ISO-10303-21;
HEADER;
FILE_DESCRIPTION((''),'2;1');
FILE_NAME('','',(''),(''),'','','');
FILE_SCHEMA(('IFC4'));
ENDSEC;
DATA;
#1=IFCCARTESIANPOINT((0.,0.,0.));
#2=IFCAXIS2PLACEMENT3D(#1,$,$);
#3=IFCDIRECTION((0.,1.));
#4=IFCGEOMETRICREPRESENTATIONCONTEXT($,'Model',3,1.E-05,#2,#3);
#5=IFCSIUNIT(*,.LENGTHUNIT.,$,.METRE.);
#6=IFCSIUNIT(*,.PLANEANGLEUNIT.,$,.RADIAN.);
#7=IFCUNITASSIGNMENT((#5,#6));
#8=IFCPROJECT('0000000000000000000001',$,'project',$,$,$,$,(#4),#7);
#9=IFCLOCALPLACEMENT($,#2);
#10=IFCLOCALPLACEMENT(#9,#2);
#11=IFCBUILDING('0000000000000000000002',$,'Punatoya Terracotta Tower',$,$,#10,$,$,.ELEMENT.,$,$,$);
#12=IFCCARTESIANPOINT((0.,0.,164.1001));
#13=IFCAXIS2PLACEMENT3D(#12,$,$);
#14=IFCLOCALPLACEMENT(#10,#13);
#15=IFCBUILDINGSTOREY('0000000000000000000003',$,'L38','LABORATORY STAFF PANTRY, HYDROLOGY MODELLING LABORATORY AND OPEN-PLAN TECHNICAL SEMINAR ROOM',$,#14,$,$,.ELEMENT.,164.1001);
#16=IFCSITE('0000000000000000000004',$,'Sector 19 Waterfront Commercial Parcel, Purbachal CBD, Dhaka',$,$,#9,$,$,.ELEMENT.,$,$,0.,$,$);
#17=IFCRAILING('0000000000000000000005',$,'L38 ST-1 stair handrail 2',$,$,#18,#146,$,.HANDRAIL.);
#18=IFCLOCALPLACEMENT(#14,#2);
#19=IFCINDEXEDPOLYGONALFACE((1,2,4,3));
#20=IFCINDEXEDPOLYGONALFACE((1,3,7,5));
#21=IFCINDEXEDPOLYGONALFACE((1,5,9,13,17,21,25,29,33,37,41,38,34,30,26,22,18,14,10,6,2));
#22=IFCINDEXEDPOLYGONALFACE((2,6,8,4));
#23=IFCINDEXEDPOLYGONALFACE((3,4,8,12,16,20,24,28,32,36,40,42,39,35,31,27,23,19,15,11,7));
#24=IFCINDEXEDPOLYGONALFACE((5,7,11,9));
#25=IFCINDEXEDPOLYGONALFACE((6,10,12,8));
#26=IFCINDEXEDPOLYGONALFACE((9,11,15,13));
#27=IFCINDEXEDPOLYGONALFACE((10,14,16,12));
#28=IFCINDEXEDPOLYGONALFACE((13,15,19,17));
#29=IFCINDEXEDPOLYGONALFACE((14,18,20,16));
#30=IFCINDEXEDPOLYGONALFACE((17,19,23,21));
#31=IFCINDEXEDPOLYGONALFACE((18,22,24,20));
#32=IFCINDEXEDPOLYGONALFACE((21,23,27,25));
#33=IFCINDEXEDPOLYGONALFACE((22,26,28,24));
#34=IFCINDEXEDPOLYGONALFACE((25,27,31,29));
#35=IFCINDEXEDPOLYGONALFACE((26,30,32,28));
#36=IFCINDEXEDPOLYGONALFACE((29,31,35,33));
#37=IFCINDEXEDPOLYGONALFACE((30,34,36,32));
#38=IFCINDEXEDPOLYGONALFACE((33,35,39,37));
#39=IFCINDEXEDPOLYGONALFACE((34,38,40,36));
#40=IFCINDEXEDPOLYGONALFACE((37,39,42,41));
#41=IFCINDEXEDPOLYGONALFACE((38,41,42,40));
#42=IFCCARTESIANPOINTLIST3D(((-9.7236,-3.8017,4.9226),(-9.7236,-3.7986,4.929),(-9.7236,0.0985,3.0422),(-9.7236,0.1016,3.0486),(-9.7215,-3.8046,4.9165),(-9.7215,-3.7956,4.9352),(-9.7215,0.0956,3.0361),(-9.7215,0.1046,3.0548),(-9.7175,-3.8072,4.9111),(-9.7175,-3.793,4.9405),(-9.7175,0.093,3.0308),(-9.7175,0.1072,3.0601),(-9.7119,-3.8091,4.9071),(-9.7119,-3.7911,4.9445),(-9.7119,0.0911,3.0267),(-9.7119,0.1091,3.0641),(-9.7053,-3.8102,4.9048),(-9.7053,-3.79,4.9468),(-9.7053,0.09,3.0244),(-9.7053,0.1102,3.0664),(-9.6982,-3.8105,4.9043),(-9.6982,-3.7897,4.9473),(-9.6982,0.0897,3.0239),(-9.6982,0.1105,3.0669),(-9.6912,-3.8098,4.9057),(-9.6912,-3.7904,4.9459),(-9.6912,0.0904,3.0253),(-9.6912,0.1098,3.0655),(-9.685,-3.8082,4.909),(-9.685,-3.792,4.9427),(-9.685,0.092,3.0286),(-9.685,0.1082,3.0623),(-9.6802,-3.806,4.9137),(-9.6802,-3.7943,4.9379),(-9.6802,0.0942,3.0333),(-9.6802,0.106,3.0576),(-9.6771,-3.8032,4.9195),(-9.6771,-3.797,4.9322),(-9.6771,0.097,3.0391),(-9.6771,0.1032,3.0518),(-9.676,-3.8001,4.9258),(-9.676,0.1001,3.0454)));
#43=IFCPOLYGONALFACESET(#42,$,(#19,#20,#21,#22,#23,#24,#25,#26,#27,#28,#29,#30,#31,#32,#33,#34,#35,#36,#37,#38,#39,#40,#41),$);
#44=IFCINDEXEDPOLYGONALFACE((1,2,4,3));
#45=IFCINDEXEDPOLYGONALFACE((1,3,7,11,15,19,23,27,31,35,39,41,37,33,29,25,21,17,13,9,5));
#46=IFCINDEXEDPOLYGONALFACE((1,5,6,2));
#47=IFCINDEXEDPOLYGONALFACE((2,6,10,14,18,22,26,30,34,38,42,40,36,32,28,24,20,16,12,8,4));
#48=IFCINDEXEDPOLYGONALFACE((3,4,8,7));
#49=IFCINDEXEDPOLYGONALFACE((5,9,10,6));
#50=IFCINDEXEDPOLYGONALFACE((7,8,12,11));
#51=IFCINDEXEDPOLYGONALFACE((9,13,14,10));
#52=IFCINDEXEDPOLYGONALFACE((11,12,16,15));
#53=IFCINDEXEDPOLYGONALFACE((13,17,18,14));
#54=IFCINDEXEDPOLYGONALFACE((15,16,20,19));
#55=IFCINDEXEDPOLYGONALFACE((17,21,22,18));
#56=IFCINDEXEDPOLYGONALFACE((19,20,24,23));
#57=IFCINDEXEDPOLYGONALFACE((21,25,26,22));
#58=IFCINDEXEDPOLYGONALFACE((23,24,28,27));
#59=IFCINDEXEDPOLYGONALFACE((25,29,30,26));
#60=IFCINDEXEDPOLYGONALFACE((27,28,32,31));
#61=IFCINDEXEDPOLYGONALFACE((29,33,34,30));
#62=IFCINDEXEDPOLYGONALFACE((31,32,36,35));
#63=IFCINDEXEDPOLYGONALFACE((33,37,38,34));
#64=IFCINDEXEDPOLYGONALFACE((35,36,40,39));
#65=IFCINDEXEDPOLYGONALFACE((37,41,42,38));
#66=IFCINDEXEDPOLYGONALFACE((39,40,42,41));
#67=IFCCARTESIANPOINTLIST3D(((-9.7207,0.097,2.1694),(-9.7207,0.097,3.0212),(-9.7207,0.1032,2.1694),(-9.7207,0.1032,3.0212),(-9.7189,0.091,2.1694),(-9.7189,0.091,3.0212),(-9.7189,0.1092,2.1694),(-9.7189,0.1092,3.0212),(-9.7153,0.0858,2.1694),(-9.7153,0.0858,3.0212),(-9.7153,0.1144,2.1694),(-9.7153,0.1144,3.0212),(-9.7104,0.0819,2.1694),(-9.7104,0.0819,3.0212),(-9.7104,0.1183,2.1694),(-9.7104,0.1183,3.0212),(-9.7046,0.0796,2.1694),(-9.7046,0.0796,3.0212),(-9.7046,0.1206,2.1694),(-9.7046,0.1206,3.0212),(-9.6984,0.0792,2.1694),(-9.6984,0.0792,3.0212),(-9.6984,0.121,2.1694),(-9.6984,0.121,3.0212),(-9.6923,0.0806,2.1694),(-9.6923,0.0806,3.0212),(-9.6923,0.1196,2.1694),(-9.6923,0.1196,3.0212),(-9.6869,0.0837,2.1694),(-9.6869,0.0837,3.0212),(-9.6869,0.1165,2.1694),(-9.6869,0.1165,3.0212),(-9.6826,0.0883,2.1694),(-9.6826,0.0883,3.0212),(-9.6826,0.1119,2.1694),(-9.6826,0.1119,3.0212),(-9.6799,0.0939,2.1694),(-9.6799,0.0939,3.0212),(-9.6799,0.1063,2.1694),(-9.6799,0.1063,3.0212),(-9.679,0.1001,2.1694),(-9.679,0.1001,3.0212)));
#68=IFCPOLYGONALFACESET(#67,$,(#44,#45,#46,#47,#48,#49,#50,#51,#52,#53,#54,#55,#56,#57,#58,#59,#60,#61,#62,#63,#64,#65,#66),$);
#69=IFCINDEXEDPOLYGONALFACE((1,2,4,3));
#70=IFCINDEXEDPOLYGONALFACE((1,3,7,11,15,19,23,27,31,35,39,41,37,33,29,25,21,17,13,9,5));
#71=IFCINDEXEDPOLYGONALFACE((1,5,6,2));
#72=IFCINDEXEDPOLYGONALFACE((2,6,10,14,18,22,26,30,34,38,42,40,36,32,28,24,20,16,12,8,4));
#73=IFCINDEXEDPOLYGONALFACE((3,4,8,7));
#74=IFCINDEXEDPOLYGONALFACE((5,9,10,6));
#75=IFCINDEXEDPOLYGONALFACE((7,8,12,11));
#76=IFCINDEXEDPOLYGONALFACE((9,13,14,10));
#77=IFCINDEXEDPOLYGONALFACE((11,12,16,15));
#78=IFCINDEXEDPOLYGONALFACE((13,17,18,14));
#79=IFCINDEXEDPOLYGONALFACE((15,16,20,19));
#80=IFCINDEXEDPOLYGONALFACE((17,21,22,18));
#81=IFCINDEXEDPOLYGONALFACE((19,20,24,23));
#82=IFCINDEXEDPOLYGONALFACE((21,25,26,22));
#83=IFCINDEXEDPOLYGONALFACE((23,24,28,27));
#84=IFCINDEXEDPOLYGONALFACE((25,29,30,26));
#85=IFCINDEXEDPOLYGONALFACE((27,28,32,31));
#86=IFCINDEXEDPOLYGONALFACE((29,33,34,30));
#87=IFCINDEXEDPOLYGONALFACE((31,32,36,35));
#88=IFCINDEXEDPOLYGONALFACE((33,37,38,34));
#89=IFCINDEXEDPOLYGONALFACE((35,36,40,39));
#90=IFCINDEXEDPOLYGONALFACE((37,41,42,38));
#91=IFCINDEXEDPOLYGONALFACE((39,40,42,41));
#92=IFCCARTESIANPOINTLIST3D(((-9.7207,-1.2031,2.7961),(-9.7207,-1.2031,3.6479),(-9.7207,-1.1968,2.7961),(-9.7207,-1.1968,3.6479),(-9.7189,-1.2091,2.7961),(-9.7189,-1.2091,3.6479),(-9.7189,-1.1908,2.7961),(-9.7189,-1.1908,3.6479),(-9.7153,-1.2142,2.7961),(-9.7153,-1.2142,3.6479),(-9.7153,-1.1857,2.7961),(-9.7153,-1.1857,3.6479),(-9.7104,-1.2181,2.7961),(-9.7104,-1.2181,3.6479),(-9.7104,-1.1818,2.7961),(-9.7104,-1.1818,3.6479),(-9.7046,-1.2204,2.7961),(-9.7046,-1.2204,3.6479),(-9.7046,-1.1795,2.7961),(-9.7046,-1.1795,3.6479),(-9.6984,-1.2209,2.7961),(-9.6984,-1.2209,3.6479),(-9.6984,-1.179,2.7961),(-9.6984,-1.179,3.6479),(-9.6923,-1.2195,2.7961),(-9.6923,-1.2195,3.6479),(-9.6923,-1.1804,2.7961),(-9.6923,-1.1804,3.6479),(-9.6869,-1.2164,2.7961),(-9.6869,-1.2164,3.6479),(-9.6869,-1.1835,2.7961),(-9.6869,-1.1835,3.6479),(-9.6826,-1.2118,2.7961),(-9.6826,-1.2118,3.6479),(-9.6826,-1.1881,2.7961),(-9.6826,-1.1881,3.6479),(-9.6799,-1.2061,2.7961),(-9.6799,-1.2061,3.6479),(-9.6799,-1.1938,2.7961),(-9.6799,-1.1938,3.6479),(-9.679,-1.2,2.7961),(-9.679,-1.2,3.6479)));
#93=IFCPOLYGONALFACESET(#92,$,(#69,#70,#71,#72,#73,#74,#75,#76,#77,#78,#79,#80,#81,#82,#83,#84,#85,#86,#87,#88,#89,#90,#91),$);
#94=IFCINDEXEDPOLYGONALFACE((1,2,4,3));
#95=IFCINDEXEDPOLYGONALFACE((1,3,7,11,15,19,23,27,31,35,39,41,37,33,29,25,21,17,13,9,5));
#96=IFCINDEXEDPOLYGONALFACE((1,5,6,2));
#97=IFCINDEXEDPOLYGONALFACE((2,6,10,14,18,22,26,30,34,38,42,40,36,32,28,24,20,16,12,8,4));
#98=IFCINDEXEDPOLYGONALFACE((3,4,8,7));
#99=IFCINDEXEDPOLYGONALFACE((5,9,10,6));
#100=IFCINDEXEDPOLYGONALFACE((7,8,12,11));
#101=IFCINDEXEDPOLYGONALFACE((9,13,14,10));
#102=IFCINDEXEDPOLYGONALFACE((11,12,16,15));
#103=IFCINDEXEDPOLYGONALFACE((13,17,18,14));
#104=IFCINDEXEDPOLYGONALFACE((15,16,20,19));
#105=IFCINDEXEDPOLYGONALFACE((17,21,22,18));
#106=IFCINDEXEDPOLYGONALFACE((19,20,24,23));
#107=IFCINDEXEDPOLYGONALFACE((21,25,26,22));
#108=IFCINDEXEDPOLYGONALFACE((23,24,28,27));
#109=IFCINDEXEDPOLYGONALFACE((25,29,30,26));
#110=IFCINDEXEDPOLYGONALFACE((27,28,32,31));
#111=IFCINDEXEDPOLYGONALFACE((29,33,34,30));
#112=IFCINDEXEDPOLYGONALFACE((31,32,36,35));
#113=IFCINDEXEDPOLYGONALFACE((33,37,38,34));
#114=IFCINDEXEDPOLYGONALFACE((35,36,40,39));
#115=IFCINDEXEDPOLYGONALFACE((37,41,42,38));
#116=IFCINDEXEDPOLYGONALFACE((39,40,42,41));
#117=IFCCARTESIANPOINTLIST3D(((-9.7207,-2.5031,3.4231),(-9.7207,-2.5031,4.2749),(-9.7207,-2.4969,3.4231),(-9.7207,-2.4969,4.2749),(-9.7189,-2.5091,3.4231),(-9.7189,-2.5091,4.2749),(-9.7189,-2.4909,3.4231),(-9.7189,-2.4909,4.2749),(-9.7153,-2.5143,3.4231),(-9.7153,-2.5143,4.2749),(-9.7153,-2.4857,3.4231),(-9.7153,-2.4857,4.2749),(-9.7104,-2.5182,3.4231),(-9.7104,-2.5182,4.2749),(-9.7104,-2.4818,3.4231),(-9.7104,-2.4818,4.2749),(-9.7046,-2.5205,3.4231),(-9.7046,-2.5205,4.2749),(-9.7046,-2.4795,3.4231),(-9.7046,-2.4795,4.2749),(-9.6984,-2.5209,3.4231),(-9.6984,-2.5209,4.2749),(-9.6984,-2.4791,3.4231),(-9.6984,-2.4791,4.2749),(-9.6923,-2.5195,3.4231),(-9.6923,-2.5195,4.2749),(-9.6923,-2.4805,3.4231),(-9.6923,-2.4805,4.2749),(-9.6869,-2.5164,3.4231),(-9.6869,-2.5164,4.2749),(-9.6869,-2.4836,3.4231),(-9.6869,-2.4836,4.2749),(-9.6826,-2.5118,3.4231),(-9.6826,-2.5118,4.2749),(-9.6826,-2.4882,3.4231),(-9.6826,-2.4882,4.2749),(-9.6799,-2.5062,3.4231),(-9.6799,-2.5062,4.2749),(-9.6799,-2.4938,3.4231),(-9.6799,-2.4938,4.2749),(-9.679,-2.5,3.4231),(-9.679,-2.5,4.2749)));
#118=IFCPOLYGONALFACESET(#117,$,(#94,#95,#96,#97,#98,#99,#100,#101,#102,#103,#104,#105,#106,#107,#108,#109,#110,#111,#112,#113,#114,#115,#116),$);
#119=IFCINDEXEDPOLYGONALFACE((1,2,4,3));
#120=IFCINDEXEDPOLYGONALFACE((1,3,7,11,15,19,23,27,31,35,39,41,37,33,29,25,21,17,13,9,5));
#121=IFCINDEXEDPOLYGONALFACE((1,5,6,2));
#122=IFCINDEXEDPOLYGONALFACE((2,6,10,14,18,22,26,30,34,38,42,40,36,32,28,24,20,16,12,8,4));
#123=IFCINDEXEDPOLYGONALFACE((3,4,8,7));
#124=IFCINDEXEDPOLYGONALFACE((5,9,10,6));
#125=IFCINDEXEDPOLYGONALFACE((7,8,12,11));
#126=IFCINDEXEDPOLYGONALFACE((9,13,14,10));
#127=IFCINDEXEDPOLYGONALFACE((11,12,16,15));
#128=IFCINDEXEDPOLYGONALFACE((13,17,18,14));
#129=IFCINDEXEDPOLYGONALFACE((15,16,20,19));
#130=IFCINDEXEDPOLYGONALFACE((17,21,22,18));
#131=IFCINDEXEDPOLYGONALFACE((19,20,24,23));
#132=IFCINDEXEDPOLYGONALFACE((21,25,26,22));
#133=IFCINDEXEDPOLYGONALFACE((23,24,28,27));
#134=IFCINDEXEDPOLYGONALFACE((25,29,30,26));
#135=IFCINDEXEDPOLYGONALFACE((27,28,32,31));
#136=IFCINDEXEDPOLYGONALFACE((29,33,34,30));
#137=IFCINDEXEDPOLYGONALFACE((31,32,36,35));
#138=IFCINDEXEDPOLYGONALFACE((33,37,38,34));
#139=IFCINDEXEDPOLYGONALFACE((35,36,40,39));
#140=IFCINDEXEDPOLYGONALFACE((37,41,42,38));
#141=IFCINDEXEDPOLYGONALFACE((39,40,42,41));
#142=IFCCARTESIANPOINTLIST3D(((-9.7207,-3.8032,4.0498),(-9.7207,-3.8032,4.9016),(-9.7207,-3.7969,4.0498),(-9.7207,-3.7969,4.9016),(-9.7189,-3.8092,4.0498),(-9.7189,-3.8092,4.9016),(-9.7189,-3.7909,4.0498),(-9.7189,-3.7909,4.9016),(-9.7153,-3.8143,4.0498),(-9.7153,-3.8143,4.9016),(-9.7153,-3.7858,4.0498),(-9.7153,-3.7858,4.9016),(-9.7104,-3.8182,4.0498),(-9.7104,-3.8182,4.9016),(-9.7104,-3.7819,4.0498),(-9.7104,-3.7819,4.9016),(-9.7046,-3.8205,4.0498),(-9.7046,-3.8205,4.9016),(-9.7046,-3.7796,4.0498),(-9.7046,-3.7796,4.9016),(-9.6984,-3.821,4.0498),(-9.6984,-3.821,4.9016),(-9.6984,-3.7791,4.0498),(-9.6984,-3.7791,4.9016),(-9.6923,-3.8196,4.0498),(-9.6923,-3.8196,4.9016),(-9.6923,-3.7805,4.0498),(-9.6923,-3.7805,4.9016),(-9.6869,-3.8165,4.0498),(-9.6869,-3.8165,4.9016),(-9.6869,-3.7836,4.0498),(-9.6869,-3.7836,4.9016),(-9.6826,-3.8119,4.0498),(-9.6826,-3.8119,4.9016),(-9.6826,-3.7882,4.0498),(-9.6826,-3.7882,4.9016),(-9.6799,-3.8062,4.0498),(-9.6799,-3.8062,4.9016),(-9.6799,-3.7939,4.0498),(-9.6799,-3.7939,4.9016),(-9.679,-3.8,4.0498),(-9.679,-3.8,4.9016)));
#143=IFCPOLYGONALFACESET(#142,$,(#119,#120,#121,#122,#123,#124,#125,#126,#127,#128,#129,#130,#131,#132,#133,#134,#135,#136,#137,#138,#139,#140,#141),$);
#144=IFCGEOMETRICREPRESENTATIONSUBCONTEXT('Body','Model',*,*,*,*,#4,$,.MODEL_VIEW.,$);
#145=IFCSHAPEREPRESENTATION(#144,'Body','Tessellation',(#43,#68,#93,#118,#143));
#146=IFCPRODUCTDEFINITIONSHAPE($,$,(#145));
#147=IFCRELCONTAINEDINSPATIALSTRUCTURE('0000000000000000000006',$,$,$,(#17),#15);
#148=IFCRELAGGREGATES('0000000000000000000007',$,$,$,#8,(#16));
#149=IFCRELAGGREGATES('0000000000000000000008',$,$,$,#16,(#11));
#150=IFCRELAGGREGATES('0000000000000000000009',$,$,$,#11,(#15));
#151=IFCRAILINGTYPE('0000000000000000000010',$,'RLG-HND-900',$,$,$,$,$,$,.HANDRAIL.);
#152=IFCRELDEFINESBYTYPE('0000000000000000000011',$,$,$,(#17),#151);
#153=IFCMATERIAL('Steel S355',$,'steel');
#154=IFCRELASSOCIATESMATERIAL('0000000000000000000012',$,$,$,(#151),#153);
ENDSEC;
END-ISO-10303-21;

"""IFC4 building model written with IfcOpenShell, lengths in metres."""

from ifc_helpers import new_model, si_unit, direction, frame, origin, origin_2d, place, context, subcontext, project, spatial, circle, extrude, material, type_object, element, save


model = new_model("IFC4")

# Units and contexts
model_context = context("Model", 3, precision=1e-05, world=origin(), true_north=direction((0.0, 1.0)))
body_context = subcontext(model_context, "Body", "Model", "MODEL_VIEW")
ifc_project = project(units=[si_unit("LENGTHUNIT", "METRE"), si_unit("PLANEANGLEUNIT", "RADIAN")], contexts=[model_context])

# Site, building, storey
site_placement = place(None, origin())
site = spatial("IfcSite", under=ifc_project, at=site_placement, Name="Sector 19 Waterfront Commercial Parcel, Purbachal CBD, Dhaka", CompositionType="ELEMENT", RefElevation=0.0)
building_placement = place(site_placement, origin())
building = spatial("IfcBuilding", under=site, at=building_placement, Name="Punatoya Terracotta Tower", CompositionType="ELEMENT")
storey_placement = place(building_placement, frame((0.0, 0.0, 164.1001)))
storey = spatial("IfcBuildingStorey", under=building, at=storey_placement, Name="L38", Description="LABORATORY STAFF PANTRY, HYDROLOGY MODELLING LABORATORY AND OPEN-PLAN TECHNICAL SEMINAR ROOM", CompositionType="ELEMENT", Elevation=164.1001)

# Shared definitions
ifc_material_1 = material(Name="Steel S355", Category="steel")

# Railing
railing_type_1 = type_object("IfcRailingType", Name="RLG-HND-900", PredefinedType="HANDRAIL", material=ifc_material_1)
railing_1_placement = place(storey_placement, frame((-9.7, 0.1001, 2.1694)))
element("IfcRailing", 1, at=railing_1_placement, inside=storey, type_object=railing_type_1, Name="L38 ST-1 stair handrail 2", PredefinedType="HANDRAIL", context=body_context, shape_type="SweptSolid", body=[
    extrude(circle(Radius=0.0239, at=origin_2d()), frame((0.0, 0.0, 0.876), z_axis=(0.0, -0.900774, 0.434289), x_axis=(1.0, 0.0, 0.0)), (0.0, 0.0, 1.0), 4.3298),
    extrude(circle(Radius=0.021, at=origin_2d()), origin(), (0.0, 0.0, 1.0), 0.8518),
    extrude(circle(Radius=0.021, at=origin_2d()), frame((0.0, -1.3, 0.6267)), (0.0, 0.0, 1.0), 0.8518),
    extrude(circle(Radius=0.021, at=origin_2d()), frame((0.0, -2.6001, 1.2537)), (0.0, 0.0, 1.0), 0.8518),
    extrude(circle(Radius=0.021, at=origin_2d()), frame((0.0, -3.9001, 1.8804)), (0.0, 0.0, 1.0), 0.8518),
])

save(model, "model.ifc")
